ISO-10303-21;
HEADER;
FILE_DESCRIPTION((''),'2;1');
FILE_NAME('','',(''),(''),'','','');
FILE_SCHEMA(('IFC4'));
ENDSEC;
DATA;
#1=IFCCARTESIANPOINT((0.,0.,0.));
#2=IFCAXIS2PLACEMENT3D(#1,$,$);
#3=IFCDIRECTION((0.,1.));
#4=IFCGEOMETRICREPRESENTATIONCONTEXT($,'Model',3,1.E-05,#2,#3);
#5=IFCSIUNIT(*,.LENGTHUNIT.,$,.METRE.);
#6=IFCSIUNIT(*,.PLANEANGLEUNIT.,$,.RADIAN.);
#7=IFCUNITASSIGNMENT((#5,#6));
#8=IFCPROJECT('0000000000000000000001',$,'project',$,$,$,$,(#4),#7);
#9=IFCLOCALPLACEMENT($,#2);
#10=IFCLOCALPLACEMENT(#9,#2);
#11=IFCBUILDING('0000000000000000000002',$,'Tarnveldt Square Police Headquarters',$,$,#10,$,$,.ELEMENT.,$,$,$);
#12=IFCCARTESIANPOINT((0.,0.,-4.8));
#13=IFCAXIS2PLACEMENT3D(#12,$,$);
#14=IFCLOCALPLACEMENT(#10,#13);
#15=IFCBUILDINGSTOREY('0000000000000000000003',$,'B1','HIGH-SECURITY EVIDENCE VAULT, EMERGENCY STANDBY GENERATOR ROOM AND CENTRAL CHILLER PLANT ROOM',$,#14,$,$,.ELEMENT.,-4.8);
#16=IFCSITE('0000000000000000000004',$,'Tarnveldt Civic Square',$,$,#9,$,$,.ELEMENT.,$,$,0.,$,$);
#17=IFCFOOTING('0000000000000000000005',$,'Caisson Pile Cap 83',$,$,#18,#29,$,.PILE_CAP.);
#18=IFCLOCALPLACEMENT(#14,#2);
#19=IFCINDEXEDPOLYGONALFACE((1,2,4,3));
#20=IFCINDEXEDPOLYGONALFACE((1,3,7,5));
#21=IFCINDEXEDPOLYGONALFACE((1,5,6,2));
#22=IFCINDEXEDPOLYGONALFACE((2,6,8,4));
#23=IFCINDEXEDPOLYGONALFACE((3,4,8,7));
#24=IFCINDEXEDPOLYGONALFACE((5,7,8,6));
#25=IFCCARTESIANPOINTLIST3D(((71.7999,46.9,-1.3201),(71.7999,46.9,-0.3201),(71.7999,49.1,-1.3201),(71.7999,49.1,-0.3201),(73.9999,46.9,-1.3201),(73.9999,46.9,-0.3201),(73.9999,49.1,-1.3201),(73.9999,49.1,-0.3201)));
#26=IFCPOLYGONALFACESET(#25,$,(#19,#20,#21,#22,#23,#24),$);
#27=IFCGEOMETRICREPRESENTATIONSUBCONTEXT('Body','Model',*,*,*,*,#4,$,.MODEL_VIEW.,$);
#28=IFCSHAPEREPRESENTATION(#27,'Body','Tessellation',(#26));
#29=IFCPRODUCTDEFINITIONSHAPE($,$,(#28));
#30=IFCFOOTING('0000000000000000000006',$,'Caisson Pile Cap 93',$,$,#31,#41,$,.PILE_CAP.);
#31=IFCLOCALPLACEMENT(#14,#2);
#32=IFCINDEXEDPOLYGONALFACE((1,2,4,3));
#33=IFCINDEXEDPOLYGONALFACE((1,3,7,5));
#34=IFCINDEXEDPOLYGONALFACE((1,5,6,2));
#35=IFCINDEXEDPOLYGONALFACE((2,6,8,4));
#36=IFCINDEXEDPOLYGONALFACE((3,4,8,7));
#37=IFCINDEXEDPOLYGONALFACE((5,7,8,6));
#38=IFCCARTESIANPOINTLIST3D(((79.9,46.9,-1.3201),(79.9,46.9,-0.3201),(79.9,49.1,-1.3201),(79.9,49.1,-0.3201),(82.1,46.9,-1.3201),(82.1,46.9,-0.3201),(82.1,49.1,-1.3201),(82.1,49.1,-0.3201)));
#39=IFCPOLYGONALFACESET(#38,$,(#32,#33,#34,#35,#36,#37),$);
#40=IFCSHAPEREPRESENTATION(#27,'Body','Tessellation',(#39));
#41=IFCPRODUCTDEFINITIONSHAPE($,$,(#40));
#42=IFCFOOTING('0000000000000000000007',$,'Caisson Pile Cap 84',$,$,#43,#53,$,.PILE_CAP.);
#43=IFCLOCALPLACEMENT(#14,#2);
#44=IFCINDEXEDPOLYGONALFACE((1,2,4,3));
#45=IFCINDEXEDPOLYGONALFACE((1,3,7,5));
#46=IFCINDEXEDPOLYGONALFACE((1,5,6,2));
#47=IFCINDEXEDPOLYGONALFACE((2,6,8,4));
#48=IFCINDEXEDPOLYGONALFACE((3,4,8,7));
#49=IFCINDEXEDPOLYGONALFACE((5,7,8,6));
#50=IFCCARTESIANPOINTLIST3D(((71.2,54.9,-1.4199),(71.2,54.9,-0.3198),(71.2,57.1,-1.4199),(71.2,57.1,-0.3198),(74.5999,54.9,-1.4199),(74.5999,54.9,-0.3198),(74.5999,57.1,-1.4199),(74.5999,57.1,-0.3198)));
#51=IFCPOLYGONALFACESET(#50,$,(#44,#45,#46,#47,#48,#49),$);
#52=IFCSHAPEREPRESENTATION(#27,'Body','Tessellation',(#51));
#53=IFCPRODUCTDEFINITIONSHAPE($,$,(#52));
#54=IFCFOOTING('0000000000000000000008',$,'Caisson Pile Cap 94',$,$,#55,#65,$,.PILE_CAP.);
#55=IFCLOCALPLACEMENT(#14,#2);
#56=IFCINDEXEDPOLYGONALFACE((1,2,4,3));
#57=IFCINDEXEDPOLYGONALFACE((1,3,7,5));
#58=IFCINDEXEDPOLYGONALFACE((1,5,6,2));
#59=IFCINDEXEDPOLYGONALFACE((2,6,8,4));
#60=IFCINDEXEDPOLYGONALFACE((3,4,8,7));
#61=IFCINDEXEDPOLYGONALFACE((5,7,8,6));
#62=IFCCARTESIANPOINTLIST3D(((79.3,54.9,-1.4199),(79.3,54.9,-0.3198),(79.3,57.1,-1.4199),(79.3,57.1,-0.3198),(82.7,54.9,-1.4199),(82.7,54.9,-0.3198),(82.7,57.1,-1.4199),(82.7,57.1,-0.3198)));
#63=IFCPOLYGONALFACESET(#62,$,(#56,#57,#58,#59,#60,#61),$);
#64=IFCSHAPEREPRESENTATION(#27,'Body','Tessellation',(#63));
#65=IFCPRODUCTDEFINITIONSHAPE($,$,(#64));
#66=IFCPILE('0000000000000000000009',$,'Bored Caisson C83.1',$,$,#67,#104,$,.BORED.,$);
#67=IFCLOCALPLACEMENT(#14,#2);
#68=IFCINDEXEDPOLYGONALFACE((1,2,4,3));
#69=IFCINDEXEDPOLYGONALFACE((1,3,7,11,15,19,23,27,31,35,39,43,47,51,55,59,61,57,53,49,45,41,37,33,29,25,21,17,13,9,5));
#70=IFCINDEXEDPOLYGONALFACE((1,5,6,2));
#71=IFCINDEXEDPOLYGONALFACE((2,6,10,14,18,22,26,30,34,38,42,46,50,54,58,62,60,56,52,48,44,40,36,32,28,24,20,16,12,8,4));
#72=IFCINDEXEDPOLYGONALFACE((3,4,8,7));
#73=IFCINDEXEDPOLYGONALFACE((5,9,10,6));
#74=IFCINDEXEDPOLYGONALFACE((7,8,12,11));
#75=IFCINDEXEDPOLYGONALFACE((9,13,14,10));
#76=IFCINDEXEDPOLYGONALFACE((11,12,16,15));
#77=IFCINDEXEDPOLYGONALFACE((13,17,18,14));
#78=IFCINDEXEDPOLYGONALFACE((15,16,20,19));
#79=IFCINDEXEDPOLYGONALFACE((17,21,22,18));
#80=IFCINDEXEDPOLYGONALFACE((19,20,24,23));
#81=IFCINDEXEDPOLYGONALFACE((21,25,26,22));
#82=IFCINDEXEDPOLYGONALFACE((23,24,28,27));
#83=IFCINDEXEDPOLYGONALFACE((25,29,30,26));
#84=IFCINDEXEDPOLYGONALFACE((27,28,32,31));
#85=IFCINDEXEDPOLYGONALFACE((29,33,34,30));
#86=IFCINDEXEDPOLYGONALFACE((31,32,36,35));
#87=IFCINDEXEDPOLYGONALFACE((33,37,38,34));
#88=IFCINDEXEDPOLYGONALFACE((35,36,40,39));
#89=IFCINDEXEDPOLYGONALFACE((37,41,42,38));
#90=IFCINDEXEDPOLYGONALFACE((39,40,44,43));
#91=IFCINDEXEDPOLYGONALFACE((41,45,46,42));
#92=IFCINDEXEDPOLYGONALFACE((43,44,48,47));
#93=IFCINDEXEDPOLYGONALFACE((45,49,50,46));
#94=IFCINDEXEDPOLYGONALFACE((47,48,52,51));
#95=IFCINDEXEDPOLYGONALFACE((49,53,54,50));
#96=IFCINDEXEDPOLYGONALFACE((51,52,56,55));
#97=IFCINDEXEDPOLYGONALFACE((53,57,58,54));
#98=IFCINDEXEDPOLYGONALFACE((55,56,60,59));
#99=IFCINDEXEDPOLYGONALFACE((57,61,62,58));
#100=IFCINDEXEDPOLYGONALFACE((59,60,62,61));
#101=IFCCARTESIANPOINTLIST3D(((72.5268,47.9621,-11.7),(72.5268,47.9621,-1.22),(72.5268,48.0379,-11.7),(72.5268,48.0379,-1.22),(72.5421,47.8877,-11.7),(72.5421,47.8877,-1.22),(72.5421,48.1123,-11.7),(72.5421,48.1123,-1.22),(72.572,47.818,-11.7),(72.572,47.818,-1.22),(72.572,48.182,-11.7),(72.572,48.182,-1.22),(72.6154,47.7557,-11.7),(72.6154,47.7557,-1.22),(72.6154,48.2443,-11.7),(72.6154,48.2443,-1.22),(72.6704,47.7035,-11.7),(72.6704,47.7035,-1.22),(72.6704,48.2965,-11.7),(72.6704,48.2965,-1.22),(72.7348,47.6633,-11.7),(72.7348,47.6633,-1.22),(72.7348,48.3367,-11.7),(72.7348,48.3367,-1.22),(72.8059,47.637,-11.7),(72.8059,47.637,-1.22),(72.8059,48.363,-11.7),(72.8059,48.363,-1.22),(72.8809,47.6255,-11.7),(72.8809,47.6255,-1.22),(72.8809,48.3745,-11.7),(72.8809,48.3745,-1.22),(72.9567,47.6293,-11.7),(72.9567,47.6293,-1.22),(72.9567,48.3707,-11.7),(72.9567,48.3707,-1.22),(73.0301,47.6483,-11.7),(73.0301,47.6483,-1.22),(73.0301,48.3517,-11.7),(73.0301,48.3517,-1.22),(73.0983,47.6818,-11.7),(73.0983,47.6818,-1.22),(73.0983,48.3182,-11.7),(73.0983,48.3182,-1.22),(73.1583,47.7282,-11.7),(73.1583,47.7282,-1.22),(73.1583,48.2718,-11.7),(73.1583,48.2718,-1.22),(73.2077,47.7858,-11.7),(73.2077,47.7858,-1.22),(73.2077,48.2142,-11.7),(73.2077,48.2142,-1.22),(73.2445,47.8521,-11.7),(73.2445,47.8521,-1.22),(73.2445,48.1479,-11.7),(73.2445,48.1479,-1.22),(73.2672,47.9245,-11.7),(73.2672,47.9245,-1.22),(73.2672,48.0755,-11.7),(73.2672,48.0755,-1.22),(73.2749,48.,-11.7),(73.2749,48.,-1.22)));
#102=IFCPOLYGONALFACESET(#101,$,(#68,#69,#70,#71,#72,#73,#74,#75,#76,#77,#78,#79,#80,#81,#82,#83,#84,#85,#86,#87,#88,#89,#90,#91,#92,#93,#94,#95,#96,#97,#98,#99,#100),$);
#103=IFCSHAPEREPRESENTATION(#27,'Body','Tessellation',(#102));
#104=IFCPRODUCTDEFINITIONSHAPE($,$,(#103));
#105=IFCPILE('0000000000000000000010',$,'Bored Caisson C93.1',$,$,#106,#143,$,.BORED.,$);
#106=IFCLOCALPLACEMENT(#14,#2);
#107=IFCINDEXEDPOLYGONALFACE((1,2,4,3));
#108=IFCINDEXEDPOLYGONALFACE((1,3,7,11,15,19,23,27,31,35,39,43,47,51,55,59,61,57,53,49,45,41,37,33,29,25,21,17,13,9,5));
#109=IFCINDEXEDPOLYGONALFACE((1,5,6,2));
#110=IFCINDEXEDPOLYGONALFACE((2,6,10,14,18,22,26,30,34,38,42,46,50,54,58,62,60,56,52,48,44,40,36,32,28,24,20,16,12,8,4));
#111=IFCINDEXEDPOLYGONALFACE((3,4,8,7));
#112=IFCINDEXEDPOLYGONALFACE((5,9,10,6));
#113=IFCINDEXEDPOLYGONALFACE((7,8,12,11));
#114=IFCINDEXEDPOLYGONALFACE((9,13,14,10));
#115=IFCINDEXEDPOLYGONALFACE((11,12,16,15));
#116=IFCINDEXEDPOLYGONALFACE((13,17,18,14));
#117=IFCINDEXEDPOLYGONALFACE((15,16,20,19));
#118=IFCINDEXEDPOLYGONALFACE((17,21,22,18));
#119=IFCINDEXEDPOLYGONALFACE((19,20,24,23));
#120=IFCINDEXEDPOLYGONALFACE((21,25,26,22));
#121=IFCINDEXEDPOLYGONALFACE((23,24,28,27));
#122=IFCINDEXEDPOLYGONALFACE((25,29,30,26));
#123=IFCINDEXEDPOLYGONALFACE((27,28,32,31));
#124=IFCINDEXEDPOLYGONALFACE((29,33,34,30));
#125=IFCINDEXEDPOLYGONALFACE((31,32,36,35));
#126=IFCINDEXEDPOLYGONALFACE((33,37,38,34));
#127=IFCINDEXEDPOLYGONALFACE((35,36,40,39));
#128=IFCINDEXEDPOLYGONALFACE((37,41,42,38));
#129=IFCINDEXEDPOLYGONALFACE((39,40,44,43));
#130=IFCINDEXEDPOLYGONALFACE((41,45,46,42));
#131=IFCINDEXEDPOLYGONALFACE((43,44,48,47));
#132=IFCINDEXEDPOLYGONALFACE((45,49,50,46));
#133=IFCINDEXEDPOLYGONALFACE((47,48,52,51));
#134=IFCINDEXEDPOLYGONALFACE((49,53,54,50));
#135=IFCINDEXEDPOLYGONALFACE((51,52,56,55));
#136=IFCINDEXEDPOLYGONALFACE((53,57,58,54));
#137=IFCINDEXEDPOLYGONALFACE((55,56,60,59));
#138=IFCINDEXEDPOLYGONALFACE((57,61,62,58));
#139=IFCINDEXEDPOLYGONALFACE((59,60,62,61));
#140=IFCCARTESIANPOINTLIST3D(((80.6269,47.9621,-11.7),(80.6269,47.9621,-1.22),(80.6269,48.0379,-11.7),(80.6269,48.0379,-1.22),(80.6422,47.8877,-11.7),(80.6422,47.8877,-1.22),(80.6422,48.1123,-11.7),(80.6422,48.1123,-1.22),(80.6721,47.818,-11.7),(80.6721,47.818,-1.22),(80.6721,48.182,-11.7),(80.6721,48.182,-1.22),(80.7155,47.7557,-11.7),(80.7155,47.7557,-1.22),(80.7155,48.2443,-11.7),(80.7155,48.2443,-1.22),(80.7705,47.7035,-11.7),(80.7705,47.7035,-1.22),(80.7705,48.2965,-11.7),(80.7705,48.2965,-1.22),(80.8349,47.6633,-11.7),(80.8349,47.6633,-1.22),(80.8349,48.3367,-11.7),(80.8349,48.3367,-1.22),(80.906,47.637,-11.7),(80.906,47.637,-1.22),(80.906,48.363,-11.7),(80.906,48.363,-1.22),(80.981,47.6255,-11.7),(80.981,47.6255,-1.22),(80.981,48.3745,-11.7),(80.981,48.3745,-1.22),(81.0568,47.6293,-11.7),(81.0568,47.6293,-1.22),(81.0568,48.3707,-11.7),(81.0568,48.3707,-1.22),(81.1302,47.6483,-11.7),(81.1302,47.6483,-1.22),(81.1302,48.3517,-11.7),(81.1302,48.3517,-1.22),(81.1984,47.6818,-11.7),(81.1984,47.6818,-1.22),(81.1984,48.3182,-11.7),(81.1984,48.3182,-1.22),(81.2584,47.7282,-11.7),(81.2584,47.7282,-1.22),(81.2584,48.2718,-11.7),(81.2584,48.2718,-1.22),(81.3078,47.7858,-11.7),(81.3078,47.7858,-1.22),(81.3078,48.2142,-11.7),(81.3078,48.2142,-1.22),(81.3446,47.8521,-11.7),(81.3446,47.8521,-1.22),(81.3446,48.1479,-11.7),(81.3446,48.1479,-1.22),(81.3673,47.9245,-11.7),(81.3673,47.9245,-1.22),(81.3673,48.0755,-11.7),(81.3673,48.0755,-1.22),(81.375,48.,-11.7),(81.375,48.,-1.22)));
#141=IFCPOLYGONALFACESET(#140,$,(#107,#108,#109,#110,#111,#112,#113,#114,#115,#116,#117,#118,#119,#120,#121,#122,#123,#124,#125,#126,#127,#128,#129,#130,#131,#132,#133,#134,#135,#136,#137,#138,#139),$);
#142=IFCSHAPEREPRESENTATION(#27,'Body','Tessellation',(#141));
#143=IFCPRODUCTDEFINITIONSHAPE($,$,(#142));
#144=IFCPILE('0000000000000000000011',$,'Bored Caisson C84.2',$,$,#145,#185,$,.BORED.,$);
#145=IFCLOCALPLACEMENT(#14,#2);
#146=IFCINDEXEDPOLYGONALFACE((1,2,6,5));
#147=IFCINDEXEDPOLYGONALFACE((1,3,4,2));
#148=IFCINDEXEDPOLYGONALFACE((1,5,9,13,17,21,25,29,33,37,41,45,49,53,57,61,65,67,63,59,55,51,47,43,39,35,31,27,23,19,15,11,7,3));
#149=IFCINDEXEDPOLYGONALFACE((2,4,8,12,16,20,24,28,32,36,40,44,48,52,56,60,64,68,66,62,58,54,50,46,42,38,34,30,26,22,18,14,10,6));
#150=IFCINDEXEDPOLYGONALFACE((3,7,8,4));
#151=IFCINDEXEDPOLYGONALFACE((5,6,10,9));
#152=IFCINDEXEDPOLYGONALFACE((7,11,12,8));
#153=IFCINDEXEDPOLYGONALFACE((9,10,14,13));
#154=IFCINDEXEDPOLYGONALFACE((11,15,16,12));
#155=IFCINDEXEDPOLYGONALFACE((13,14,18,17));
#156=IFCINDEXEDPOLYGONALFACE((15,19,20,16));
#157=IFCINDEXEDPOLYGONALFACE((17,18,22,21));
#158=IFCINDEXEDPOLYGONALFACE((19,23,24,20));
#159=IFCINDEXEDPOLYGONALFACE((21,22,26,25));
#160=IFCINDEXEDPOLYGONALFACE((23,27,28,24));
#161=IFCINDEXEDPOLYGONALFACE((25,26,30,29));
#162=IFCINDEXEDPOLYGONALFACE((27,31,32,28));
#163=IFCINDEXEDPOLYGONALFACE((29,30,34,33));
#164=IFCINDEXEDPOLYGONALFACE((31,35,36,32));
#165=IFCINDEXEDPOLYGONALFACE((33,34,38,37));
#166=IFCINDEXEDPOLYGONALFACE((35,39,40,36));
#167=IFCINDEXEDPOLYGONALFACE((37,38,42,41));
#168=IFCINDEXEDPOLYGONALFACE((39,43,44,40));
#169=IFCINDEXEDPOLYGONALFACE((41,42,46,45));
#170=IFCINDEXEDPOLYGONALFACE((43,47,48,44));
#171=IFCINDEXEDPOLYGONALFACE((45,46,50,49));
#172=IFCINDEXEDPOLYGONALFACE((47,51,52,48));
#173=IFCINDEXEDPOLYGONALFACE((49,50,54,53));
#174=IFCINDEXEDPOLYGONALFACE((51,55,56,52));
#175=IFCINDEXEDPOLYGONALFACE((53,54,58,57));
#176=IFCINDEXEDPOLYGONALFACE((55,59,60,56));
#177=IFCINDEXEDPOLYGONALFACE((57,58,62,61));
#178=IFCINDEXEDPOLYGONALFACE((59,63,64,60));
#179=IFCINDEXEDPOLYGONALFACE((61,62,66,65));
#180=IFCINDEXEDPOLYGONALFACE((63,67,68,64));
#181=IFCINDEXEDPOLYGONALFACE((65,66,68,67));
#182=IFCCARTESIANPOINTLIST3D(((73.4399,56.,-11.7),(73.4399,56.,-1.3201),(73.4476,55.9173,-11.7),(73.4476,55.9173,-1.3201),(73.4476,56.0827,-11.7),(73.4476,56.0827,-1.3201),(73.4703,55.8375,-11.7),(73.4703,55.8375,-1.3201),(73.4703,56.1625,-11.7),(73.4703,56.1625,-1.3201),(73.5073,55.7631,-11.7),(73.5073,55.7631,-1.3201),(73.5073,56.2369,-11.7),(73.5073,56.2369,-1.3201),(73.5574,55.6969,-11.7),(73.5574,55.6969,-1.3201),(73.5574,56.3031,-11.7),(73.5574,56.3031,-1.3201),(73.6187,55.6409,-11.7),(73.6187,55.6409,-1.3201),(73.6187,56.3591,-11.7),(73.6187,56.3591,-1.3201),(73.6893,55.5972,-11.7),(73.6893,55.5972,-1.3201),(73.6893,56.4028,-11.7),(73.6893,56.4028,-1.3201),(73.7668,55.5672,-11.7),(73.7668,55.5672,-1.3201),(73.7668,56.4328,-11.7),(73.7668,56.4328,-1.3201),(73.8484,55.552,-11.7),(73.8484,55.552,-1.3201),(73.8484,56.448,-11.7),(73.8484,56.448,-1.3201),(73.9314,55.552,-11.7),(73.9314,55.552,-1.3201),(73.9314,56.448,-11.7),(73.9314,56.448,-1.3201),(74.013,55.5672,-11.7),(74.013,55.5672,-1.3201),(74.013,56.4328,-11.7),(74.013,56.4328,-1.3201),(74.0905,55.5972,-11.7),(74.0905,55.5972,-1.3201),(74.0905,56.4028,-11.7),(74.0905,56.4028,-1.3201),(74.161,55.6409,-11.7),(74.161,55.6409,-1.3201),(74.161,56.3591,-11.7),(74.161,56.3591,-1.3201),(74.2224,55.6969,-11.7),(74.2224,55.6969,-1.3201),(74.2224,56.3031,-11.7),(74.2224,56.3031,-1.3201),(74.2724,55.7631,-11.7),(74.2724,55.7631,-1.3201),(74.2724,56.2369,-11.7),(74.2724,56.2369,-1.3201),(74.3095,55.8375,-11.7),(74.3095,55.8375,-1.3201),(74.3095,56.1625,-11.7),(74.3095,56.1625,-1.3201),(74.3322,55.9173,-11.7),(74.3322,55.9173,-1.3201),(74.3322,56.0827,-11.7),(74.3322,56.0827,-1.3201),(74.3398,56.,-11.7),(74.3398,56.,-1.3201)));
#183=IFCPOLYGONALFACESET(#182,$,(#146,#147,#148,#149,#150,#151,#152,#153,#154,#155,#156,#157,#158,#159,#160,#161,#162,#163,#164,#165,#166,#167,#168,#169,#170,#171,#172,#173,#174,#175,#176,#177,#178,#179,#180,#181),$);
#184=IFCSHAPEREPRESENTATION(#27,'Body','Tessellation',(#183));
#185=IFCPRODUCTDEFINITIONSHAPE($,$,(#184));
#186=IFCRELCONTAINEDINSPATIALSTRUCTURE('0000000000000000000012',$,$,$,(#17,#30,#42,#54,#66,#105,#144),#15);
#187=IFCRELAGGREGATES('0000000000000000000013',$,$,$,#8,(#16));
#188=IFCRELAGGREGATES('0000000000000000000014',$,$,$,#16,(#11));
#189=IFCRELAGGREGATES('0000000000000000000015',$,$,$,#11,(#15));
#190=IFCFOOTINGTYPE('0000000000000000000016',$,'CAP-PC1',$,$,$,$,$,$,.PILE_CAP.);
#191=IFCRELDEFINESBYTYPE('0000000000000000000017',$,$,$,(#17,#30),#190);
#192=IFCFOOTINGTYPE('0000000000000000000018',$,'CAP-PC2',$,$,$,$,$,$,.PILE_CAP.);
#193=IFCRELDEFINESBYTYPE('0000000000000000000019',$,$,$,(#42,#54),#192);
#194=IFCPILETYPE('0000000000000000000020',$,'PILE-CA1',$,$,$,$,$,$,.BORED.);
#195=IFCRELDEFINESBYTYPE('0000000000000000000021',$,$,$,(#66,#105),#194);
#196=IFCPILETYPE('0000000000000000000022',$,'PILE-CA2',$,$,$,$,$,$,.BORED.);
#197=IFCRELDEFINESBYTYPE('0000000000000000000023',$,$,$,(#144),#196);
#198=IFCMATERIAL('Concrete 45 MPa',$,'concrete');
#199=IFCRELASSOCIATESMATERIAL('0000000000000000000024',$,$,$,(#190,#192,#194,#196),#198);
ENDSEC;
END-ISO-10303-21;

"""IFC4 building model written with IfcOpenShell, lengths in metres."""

from ifc_helpers import new_model, si_unit, direction, frame, origin, origin_2d, place, context, subcontext, project, spatial, rectangle, circle, extrude, material, material_profile, profile_set, type_object, element, save


model = new_model("IFC4")

# Units and contexts
model_context = context("Model", 3, precision=1e-05, world=origin(), true_north=direction((0.0, 1.0)))
body_context = subcontext(model_context, "Body", "Model", "MODEL_VIEW")
ifc_project = project(units=[si_unit("LENGTHUNIT", "METRE"), si_unit("PLANEANGLEUNIT", "RADIAN")], contexts=[model_context])

# Site, building, storey
site_placement = place(None, origin())
site = spatial("IfcSite", under=ifc_project, at=site_placement, Name="Tarnveldt Civic Square", CompositionType="ELEMENT", RefElevation=0.0)
building_placement = place(site_placement, origin())
building = spatial("IfcBuilding", under=site, at=building_placement, Name="Tarnveldt Square Police Headquarters", CompositionType="ELEMENT")
storey_placement = place(building_placement, frame((0.0, 0.0, -4.8)))
storey = spatial("IfcBuildingStorey", under=building, at=storey_placement, Name="B1", Description="HIGH-SECURITY EVIDENCE VAULT, EMERGENCY STANDBY GENERATOR ROOM AND CENTRAL CHILLER PLANT ROOM", CompositionType="ELEMENT", Elevation=-4.8)

# Footings
ifc_material_1 = material(Name="Concrete 45 MPa", Category="concrete")
footing_type_1 = type_object("IfcFootingType", Name="CAP-PC1", PredefinedType="PILE_CAP", material=ifc_material_1)
for number, where, z_axis, x_axis, name in (
    (1, (72.8999, 48.0, -1.3201), (0.0, 0.0, 1.0), (1.0, 0.0, 0.0), "Caisson Pile Cap 83"),
    (2, (81.0, 48.0, -1.3201), (0.0, 0.0, 1.0), (1.0, 0.0, 0.0), "Caisson Pile Cap 93"),
):
    element("IfcFooting", number, at=place(storey_placement, frame(where, z_axis=z_axis, x_axis=x_axis)), inside=storey, type_object=footing_type_1, Name=name, PredefinedType="PILE_CAP", context=body_context, shape_type="SweptSolid", body=[
        extrude(rectangle(XDim=2.2, YDim=2.2, at=origin_2d()), origin(), (0.0, 0.0, 1.0), 1.0),
    ])
footing_type_2 = type_object("IfcFootingType", Name="CAP-PC2", PredefinedType="PILE_CAP", material=ifc_material_1)
for number, where, z_axis, x_axis, name in (
    (3, (72.8999, 56.0, -1.4199), (0.0, 0.0, 1.0), (1.0, 0.0, 0.0), "Caisson Pile Cap 84"),
    (4, (81.0, 56.0, -1.4199), (0.0, 0.0, 1.0), (1.0, 0.0, 0.0), "Caisson Pile Cap 94"),
):
    element("IfcFooting", number, at=place(storey_placement, frame(where, z_axis=z_axis, x_axis=x_axis)), inside=storey, type_object=footing_type_2, Name=name, PredefinedType="PILE_CAP", context=body_context, shape_type="SweptSolid", body=[
        extrude(rectangle(XDim=3.3999, YDim=2.2, at=origin_2d()), origin(), (0.0, 0.0, 1.0), 1.1001),
    ])

# Piles
ifc_material_profile_1 = material_profile(ifc_material_1, circle(Radius=0.375, at=origin_2d()), Name="CAISSON-D750")
ifc_profile_set_1 = profile_set([ifc_material_profile_1], Name="Concrete 45 MPa")
pile_type_1 = type_object("IfcPileType", Name="PILE-CA1", PredefinedType="BORED", material=ifc_profile_set_1)
for number, where, z_axis, x_axis, name in (
    (5, (72.8999, 48.0, -1.22), (0.0, 0.0, -1.0), (1.0, 0.0, 0.0), "Bored Caisson C83.1"),
    (6, (81.0, 48.0, -1.22), (0.0, 0.0, -1.0), (1.0, 0.0, 0.0), "Bored Caisson C93.1"),
):
    element("IfcPile", number, at=place(storey_placement, frame(where, z_axis=z_axis, x_axis=x_axis)), inside=storey, type_object=pile_type_1, Name=name, PredefinedType="BORED", context=body_context, shape_type="SweptSolid", body=[
        extrude(circle(Radius=0.375, at=origin_2d()), origin(), (0.0, 0.0, 1.0), 10.48),
    ])
ifc_material_profile_2 = material_profile(ifc_material_1, circle(Radius=0.45, at=origin_2d()), Name="CAISSON-D900")
ifc_profile_set_2 = profile_set([ifc_material_profile_2], Name="Concrete 45 MPa")
pile_type_2 = type_object("IfcPileType", Name="PILE-CA2", PredefinedType="BORED", material=ifc_profile_set_2)
for number, where, z_axis, x_axis, name in (
    (7, (73.8899, 56.0, -1.3201), (0.0, 0.0, -1.0), (1.0, 0.0, 0.0), "Bored Caisson C84.2"),
):
    element("IfcPile", number, at=place(storey_placement, frame(where, z_axis=z_axis, x_axis=x_axis)), inside=storey, type_object=pile_type_2, Name=name, PredefinedType="BORED", context=body_context, shape_type="SweptSolid", body=[
        extrude(circle(Radius=0.45, at=origin_2d()), origin(), (0.0, 0.0, 1.0), 10.3799),
    ])

save(model, "model.ifc")
